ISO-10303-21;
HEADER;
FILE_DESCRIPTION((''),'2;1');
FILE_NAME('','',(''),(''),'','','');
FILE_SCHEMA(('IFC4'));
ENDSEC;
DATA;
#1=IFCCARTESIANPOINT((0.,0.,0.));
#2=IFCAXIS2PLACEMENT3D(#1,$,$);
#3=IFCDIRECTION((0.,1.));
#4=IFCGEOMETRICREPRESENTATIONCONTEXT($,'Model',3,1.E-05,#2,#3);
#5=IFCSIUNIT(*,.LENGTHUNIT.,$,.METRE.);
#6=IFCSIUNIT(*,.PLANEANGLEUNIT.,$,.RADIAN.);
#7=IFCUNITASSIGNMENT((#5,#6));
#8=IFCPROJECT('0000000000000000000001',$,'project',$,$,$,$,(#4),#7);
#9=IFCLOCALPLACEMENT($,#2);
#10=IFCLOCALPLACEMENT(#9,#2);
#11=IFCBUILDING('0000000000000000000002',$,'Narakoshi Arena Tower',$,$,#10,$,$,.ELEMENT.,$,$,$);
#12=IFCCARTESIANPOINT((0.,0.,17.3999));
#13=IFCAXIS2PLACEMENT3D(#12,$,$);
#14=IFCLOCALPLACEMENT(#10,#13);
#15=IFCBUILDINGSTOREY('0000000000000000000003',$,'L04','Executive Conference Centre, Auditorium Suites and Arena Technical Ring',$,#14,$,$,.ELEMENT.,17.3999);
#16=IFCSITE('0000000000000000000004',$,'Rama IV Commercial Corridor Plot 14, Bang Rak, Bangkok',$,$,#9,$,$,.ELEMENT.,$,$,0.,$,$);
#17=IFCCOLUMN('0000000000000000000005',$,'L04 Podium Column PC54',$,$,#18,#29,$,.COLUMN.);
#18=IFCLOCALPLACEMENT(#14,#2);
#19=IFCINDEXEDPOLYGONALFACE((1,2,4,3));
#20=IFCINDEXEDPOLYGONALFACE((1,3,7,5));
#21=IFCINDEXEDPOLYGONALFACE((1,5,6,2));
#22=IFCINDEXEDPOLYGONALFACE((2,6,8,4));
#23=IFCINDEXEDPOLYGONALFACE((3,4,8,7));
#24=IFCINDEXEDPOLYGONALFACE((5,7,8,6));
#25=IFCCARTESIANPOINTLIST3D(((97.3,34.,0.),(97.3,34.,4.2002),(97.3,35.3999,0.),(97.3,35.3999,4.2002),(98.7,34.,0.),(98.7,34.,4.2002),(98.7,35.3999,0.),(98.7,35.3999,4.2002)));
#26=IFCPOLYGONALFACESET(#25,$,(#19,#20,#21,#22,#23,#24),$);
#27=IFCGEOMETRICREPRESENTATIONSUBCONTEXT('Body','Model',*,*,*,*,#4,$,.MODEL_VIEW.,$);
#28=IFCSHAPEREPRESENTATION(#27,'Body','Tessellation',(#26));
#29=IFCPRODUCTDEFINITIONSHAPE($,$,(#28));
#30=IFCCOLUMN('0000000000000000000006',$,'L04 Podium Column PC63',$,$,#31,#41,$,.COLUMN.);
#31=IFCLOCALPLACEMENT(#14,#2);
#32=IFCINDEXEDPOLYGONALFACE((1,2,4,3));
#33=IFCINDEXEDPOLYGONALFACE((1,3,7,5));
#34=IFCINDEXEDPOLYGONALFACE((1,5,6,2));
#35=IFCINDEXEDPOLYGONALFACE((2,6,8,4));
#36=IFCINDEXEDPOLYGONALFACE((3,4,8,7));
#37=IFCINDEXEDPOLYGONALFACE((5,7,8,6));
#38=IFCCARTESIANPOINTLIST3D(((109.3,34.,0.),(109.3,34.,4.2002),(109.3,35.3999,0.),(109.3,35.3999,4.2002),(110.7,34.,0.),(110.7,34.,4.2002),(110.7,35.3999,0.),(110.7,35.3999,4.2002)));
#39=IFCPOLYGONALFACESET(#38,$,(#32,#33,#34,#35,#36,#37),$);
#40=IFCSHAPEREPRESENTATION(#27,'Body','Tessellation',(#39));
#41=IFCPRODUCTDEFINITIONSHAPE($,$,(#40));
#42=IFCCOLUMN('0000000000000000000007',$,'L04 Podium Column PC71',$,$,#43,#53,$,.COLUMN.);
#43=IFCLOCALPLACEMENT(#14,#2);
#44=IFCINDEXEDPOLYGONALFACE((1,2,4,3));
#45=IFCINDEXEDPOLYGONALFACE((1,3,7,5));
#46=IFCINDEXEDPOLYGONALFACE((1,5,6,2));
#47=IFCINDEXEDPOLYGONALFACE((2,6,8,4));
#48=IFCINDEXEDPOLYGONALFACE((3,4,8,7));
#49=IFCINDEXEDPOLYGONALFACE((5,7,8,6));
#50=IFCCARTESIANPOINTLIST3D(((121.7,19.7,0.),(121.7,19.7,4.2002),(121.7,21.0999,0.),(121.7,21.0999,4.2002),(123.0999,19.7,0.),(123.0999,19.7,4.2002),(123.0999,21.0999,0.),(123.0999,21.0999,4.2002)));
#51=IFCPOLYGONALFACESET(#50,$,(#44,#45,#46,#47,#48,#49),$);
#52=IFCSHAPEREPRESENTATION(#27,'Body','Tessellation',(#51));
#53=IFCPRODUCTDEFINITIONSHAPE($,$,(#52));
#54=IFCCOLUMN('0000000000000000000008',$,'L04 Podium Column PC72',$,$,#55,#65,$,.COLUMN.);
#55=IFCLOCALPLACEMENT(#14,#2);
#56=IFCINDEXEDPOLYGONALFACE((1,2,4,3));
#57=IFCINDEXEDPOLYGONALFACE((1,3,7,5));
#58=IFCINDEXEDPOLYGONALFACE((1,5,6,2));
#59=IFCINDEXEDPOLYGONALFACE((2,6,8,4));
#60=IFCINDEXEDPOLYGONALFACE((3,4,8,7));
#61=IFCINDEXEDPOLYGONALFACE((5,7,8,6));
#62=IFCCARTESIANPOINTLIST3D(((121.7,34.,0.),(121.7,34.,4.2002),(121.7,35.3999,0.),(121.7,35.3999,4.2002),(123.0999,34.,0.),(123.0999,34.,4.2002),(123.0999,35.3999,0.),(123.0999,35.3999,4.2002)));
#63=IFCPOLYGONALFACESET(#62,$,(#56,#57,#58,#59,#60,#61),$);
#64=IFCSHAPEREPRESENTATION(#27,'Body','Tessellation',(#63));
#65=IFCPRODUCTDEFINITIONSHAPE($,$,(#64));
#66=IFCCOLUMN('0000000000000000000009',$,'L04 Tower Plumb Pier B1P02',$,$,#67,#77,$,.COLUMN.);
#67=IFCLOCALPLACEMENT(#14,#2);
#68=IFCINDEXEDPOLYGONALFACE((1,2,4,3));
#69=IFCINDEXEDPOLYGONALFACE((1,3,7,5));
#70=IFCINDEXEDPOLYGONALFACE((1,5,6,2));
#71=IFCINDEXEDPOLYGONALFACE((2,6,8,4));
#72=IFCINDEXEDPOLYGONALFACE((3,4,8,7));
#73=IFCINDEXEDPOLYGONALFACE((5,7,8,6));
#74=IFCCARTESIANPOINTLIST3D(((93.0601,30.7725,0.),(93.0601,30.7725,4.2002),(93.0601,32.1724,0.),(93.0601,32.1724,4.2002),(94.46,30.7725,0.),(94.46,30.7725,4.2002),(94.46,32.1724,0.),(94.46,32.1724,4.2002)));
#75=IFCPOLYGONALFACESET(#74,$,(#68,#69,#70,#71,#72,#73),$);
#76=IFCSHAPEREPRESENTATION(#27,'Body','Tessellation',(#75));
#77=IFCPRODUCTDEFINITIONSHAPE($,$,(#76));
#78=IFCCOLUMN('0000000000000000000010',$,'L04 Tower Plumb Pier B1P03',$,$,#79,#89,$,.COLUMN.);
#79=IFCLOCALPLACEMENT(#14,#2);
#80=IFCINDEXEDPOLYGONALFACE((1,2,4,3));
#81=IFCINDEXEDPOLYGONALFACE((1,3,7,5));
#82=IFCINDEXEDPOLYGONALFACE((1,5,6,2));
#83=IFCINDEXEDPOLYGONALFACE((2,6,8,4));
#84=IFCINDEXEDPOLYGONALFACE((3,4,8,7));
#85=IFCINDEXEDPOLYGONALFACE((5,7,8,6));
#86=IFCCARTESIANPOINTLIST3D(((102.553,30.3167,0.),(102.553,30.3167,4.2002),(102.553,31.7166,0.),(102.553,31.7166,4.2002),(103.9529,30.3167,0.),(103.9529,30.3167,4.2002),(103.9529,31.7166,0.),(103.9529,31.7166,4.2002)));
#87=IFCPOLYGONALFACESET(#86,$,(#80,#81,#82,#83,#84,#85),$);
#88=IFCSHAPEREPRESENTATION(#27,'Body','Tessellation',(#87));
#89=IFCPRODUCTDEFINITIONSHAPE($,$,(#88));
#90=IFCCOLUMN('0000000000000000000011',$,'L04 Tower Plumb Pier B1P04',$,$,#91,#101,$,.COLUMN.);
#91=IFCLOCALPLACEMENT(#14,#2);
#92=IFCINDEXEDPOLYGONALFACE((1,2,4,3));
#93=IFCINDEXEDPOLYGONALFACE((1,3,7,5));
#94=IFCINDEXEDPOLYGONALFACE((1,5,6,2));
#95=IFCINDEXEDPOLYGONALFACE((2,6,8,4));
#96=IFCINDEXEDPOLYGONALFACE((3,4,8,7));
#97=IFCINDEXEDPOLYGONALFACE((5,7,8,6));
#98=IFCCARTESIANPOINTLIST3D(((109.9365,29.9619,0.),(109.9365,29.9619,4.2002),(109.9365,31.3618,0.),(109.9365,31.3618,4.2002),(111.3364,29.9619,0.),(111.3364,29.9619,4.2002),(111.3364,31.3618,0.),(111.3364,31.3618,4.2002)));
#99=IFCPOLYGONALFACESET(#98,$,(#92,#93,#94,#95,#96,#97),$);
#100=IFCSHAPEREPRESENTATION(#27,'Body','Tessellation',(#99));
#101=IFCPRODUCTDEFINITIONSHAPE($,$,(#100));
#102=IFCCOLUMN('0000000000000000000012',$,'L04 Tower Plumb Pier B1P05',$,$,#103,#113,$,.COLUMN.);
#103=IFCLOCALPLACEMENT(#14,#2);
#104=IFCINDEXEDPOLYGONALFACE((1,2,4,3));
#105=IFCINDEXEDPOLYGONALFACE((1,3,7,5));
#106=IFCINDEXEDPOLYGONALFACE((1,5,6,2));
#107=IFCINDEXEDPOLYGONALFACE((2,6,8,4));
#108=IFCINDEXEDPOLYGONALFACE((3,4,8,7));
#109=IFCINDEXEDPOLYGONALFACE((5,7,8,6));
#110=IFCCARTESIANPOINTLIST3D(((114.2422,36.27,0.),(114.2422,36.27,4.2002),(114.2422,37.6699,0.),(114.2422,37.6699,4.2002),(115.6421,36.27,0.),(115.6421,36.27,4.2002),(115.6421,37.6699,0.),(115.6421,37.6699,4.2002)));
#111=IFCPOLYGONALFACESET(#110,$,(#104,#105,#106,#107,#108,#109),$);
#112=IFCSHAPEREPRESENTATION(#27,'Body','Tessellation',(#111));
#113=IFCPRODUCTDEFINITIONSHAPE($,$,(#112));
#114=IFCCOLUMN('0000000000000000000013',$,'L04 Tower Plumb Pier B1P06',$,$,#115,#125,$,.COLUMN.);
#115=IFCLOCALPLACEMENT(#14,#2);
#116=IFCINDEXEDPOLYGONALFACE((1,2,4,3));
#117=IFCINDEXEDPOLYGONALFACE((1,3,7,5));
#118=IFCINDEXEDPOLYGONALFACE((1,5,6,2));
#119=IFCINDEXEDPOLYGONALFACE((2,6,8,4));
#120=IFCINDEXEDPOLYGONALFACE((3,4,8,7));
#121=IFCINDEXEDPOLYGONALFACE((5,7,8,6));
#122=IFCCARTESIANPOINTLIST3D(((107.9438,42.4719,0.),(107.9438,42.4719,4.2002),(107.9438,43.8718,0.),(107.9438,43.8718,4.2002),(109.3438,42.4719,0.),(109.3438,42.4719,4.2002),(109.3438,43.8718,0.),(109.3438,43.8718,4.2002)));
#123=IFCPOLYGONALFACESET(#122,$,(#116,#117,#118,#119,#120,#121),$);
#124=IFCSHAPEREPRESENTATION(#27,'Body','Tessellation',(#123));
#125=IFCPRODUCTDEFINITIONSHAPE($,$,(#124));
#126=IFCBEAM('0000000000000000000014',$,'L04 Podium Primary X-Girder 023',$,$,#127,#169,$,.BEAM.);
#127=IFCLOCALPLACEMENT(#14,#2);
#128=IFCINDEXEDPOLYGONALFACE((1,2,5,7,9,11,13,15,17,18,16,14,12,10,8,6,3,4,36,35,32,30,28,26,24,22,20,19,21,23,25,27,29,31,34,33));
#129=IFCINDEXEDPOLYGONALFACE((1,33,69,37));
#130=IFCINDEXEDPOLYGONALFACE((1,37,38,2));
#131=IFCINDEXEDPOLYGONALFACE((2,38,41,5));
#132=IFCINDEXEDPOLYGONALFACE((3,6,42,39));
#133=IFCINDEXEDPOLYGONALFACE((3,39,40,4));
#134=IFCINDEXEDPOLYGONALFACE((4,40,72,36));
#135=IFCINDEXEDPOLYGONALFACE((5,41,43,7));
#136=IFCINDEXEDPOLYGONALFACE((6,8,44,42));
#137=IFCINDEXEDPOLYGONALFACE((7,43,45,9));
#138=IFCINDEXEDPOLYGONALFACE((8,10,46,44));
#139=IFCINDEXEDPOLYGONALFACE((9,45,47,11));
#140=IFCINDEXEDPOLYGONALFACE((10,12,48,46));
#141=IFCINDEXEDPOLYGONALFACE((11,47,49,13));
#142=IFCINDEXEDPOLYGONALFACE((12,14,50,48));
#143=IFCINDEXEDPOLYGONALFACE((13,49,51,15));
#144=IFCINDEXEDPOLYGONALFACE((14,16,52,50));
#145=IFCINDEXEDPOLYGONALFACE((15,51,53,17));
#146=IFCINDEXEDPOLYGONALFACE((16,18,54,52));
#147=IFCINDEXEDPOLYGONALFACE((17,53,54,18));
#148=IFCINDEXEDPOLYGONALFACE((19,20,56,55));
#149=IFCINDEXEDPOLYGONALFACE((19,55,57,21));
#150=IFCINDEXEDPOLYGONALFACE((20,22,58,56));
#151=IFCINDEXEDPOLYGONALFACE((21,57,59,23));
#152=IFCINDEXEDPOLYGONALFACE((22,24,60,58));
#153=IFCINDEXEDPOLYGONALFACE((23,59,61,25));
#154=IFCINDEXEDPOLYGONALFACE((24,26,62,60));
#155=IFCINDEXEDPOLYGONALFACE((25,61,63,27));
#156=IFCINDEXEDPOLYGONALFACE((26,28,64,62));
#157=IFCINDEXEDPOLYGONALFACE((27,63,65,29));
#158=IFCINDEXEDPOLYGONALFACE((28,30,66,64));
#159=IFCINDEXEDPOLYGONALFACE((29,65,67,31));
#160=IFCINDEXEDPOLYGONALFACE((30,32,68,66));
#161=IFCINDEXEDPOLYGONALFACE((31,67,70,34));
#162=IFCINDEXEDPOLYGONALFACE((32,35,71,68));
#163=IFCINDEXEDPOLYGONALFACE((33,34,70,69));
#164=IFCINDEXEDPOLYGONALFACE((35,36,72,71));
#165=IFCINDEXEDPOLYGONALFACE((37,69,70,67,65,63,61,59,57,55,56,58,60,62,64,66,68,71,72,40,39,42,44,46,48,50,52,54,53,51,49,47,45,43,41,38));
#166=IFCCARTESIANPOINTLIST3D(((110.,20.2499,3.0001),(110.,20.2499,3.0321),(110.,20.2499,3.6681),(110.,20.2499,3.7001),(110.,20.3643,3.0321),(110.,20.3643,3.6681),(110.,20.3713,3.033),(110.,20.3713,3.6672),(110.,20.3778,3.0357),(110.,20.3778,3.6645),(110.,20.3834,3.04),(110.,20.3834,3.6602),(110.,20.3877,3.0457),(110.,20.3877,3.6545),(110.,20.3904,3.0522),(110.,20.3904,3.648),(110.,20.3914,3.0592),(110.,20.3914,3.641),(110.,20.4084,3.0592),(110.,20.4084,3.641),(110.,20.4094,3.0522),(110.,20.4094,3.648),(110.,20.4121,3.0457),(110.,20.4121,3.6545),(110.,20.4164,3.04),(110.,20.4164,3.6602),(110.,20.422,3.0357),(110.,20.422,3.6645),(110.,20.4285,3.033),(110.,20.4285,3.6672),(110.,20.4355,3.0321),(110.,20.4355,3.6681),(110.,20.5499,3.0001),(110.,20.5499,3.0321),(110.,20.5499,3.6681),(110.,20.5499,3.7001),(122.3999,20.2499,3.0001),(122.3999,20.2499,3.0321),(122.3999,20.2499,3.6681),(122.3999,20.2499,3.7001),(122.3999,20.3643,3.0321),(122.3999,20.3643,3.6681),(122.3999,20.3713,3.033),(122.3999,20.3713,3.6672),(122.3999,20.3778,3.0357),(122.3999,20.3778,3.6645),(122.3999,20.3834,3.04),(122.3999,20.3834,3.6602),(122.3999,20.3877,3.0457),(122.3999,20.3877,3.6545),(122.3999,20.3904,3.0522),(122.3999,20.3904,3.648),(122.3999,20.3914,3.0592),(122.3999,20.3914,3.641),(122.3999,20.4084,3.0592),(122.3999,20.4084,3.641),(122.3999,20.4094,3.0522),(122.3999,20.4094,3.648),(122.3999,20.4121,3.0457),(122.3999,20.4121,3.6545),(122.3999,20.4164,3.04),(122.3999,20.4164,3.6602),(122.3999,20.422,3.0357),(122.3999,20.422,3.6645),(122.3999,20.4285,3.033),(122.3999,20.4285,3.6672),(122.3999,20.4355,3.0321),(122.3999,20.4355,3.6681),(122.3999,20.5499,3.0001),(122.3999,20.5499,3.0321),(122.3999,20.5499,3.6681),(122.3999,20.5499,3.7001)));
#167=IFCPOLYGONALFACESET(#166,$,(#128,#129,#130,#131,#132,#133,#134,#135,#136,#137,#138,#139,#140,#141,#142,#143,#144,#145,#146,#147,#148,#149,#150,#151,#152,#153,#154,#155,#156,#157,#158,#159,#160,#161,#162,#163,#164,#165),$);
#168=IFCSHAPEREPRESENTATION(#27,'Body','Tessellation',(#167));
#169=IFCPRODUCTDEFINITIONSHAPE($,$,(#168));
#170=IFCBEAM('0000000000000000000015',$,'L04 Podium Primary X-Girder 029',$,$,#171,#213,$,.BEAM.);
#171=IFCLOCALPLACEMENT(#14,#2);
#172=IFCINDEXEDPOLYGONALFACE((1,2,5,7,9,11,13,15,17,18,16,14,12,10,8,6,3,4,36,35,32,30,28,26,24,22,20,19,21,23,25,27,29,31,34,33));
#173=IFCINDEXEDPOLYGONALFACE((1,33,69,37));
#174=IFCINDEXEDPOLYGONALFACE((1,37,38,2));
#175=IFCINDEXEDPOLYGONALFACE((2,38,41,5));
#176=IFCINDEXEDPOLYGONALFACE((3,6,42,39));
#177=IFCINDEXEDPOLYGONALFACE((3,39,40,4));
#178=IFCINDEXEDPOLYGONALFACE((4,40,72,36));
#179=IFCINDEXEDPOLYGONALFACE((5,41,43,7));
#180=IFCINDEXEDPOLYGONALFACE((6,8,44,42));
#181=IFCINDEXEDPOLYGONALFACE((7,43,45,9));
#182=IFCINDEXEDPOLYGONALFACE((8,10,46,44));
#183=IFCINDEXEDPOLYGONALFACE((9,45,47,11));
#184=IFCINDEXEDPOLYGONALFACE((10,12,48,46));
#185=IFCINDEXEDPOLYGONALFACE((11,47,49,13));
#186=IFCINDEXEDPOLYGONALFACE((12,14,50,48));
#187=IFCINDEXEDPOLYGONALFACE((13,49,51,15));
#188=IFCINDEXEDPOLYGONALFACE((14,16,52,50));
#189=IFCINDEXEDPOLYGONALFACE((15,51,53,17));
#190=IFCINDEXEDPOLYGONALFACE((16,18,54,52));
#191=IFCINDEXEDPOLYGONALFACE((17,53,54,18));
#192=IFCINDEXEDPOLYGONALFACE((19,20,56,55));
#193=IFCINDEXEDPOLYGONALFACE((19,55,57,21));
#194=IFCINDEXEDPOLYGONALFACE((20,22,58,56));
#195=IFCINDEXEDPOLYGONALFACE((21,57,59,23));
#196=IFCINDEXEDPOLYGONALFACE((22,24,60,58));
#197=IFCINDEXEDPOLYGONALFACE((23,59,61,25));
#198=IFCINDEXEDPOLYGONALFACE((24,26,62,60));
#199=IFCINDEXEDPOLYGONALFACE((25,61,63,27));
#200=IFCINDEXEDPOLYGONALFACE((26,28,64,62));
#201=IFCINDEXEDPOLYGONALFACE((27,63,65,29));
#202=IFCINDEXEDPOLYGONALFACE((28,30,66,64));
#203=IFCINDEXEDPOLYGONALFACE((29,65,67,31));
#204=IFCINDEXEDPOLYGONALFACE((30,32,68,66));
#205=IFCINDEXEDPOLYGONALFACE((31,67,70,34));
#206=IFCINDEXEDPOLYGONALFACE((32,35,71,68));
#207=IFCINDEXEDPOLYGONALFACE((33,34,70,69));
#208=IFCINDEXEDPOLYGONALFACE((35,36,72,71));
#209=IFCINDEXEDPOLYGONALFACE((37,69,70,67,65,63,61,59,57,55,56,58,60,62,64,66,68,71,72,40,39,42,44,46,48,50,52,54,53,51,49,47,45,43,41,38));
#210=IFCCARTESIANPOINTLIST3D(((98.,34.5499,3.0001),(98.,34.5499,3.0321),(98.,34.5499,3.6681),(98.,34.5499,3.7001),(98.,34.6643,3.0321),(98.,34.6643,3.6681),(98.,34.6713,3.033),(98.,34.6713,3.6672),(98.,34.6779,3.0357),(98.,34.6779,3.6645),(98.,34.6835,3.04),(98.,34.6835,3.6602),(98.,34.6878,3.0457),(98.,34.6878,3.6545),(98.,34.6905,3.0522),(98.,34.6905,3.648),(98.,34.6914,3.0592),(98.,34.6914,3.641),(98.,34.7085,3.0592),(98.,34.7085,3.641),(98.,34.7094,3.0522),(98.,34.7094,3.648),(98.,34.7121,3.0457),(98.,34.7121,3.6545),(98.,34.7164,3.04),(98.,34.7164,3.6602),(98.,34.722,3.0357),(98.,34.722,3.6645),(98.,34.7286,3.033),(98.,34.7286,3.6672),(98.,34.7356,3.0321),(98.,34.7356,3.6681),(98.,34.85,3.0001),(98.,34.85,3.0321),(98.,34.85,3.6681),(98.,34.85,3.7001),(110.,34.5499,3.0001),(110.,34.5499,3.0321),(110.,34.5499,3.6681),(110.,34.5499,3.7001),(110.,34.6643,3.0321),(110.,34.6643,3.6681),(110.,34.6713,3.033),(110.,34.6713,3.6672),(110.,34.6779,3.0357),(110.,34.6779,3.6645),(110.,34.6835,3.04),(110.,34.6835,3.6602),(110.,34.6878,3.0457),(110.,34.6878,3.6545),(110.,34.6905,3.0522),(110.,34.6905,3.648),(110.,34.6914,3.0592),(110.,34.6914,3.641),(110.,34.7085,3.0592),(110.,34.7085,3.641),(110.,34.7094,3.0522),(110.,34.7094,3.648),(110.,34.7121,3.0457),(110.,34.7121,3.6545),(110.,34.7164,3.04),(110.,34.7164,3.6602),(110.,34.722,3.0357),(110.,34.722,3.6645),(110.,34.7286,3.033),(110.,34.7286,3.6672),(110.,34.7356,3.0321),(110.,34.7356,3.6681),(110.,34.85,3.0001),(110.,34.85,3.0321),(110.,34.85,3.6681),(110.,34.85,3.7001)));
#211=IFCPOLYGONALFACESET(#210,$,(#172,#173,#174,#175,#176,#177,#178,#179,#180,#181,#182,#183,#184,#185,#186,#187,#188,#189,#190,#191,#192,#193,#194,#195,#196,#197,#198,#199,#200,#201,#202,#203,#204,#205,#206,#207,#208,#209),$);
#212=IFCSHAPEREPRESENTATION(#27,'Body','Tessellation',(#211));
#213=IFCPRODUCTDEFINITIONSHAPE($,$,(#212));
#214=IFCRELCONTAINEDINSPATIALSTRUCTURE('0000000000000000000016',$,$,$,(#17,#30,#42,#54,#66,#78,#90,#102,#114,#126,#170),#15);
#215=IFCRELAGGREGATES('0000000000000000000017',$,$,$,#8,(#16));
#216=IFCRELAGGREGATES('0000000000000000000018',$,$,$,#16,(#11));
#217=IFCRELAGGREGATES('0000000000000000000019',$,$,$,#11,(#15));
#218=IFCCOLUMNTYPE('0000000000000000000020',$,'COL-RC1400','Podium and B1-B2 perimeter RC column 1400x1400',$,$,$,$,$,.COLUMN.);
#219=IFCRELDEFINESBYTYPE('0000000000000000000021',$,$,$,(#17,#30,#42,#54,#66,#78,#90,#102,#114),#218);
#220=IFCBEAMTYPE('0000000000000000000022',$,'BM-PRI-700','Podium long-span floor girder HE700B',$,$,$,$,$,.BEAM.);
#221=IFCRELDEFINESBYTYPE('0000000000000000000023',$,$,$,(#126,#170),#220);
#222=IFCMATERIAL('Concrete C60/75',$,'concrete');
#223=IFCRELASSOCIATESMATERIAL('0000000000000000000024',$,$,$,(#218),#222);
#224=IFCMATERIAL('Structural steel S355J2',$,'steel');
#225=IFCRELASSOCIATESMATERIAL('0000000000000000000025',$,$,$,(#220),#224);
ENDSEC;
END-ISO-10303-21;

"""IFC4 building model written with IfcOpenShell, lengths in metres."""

from ifc_helpers import new_model, si_unit, direction, frame, origin, origin_2d, place, context, subcontext, project, spatial, rectangle, i_section, extrude, material, material_profile, profile_set, type_object, element, save


model = new_model("IFC4")

# Units and contexts
model_context = context("Model", 3, precision=1e-05, world=origin(), true_north=direction((0.0, 1.0)))
body_context = subcontext(model_context, "Body", "Model", "MODEL_VIEW")
ifc_project = project(units=[si_unit("LENGTHUNIT", "METRE"), si_unit("PLANEANGLEUNIT", "RADIAN")], contexts=[model_context])

# Site, building, storey
site_placement = place(None, origin())
site = spatial("IfcSite", under=ifc_project, at=site_placement, Name="Rama IV Commercial Corridor Plot 14, Bang Rak, Bangkok", CompositionType="ELEMENT", RefElevation=0.0)
building_placement = place(site_placement, origin())
building = spatial("IfcBuilding", under=site, at=building_placement, Name="Narakoshi Arena Tower", CompositionType="ELEMENT")
storey_placement = place(building_placement, frame((0.0, 0.0, 17.3999)))
storey = spatial("IfcBuildingStorey", under=building, at=storey_placement, Name="L04", Description="Executive Conference Centre, Auditorium Suites and Arena Technical Ring", CompositionType="ELEMENT", Elevation=17.3999)

# Columns
ifc_material_1 = material(Name="Concrete C60/75", Category="concrete")
ifc_material_profile_1 = material_profile(ifc_material_1, rectangle(XDim=1.3999, YDim=1.3999, at=origin_2d()), Name="RC1400x1400")
ifc_profile_set_1 = profile_set([ifc_material_profile_1], Name="Concrete C60/75")
column_type = type_object("IfcColumnType", Name="COL-RC1400", Description="Podium and B1-B2 perimeter RC column 1400x1400", PredefinedType="COLUMN", material=ifc_profile_set_1)
for number, where, z_axis, x_axis, name in (
    (1, (98.0, 34.7, 0.0), (0.0, 0.0, 1.0), (1.0, 0.0, 0.0), "L04 Podium Column PC54"),
    (2, (110.0, 34.7, 0.0), (0.0, 0.0, 1.0), (1.0, 0.0, 0.0), "L04 Podium Column PC63"),
    (3, (122.3999, 20.3999, 0.0), (0.0, 0.0, 1.0), (1.0, 0.0, 0.0), "L04 Podium Column PC71"),
    (4, (122.3999, 34.7, 0.0), (0.0, 0.0, 1.0), (1.0, 0.0, 0.0), "L04 Podium Column PC72"),
    (5, (93.76, 31.4724, 0.0), (0.0, 0.0, 1.0), (1.0, 0.0, 0.0), "L04 Tower Plumb Pier B1P02"),
    (6, (103.2529, 31.0166, 0.0), (0.0, 0.0, 1.0), (1.0, 0.0, 0.0), "L04 Tower Plumb Pier B1P03"),
    (7, (110.6365, 30.6619, 0.0), (0.0, 0.0, 1.0), (1.0, 0.0, 0.0), "L04 Tower Plumb Pier B1P04"),
    (8, (114.9421, 36.97, 0.0), (0.0, 0.0, 1.0), (1.0, 0.0, 0.0), "L04 Tower Plumb Pier B1P05"),
    (9, (108.6438, 43.1719, 0.0), (0.0, 0.0, 1.0), (1.0, 0.0, 0.0), "L04 Tower Plumb Pier B1P06"),
):
    element("IfcColumn", number, at=place(storey_placement, frame(where, z_axis=z_axis, x_axis=x_axis)), inside=storey, type_object=column_type, Name=name, PredefinedType="COLUMN", context=body_context, shape_type="SweptSolid", body=[
        extrude(rectangle(XDim=1.3999, YDim=1.3999, at=origin_2d()), origin(), (0.0, 0.0, 1.0), 4.2002),
    ])

# Beams
ifc_material_2 = material(Name="Structural steel S355J2", Category="steel")
ifc_material_profile_2 = material_profile(ifc_material_2, i_section(OverallWidth=0.3, OverallDepth=0.7, WebThickness=0.0171, FlangeThickness=0.032, FilletRadius=0.0271, at=origin_2d()), Name="HE700B")
ifc_profile_set_2 = profile_set([ifc_material_profile_2], Name="Structural steel S355J2")
beam_type_1 = type_object("IfcBeamType", Name="BM-PRI-700", Description="Podium long-span floor girder HE700B", PredefinedType="BEAM", material=ifc_profile_set_2)
beam_1_placement = place(storey_placement, frame((110.0, 20.3999, 3.3501), z_axis=(1.0, 0.0, 0.0), x_axis=(0.0, 1.0, 0.0)))
element("IfcBeam", 10, at=beam_1_placement, inside=storey, type_object=beam_type_1, Name="L04 Podium Primary X-Girder 023", PredefinedType="BEAM", context=body_context, shape_type="SweptSolid", body=[
    extrude(i_section(OverallWidth=0.3, OverallDepth=0.7, WebThickness=0.0171, FlangeThickness=0.032, FilletRadius=0.0271, at=origin_2d()), origin(), (0.0, 0.0, 1.0), 12.3999),
])
beam_2_placement = place(storey_placement, frame((98.0, 34.7, 3.3501), z_axis=(1.0, 0.0, 0.0), x_axis=(0.0, 1.0, 0.0)))
element("IfcBeam", 11, at=beam_2_placement, inside=storey, type_object=beam_type_1, Name="L04 Podium Primary X-Girder 029", PredefinedType="BEAM", context=body_context, shape_type="SweptSolid", body=[
    extrude(i_section(OverallWidth=0.3, OverallDepth=0.7, WebThickness=0.0171, FlangeThickness=0.032, FilletRadius=0.0271, at=origin_2d()), origin(), (0.0, 0.0, 1.0), 12.0),
])

save(model, "model.ifc")
